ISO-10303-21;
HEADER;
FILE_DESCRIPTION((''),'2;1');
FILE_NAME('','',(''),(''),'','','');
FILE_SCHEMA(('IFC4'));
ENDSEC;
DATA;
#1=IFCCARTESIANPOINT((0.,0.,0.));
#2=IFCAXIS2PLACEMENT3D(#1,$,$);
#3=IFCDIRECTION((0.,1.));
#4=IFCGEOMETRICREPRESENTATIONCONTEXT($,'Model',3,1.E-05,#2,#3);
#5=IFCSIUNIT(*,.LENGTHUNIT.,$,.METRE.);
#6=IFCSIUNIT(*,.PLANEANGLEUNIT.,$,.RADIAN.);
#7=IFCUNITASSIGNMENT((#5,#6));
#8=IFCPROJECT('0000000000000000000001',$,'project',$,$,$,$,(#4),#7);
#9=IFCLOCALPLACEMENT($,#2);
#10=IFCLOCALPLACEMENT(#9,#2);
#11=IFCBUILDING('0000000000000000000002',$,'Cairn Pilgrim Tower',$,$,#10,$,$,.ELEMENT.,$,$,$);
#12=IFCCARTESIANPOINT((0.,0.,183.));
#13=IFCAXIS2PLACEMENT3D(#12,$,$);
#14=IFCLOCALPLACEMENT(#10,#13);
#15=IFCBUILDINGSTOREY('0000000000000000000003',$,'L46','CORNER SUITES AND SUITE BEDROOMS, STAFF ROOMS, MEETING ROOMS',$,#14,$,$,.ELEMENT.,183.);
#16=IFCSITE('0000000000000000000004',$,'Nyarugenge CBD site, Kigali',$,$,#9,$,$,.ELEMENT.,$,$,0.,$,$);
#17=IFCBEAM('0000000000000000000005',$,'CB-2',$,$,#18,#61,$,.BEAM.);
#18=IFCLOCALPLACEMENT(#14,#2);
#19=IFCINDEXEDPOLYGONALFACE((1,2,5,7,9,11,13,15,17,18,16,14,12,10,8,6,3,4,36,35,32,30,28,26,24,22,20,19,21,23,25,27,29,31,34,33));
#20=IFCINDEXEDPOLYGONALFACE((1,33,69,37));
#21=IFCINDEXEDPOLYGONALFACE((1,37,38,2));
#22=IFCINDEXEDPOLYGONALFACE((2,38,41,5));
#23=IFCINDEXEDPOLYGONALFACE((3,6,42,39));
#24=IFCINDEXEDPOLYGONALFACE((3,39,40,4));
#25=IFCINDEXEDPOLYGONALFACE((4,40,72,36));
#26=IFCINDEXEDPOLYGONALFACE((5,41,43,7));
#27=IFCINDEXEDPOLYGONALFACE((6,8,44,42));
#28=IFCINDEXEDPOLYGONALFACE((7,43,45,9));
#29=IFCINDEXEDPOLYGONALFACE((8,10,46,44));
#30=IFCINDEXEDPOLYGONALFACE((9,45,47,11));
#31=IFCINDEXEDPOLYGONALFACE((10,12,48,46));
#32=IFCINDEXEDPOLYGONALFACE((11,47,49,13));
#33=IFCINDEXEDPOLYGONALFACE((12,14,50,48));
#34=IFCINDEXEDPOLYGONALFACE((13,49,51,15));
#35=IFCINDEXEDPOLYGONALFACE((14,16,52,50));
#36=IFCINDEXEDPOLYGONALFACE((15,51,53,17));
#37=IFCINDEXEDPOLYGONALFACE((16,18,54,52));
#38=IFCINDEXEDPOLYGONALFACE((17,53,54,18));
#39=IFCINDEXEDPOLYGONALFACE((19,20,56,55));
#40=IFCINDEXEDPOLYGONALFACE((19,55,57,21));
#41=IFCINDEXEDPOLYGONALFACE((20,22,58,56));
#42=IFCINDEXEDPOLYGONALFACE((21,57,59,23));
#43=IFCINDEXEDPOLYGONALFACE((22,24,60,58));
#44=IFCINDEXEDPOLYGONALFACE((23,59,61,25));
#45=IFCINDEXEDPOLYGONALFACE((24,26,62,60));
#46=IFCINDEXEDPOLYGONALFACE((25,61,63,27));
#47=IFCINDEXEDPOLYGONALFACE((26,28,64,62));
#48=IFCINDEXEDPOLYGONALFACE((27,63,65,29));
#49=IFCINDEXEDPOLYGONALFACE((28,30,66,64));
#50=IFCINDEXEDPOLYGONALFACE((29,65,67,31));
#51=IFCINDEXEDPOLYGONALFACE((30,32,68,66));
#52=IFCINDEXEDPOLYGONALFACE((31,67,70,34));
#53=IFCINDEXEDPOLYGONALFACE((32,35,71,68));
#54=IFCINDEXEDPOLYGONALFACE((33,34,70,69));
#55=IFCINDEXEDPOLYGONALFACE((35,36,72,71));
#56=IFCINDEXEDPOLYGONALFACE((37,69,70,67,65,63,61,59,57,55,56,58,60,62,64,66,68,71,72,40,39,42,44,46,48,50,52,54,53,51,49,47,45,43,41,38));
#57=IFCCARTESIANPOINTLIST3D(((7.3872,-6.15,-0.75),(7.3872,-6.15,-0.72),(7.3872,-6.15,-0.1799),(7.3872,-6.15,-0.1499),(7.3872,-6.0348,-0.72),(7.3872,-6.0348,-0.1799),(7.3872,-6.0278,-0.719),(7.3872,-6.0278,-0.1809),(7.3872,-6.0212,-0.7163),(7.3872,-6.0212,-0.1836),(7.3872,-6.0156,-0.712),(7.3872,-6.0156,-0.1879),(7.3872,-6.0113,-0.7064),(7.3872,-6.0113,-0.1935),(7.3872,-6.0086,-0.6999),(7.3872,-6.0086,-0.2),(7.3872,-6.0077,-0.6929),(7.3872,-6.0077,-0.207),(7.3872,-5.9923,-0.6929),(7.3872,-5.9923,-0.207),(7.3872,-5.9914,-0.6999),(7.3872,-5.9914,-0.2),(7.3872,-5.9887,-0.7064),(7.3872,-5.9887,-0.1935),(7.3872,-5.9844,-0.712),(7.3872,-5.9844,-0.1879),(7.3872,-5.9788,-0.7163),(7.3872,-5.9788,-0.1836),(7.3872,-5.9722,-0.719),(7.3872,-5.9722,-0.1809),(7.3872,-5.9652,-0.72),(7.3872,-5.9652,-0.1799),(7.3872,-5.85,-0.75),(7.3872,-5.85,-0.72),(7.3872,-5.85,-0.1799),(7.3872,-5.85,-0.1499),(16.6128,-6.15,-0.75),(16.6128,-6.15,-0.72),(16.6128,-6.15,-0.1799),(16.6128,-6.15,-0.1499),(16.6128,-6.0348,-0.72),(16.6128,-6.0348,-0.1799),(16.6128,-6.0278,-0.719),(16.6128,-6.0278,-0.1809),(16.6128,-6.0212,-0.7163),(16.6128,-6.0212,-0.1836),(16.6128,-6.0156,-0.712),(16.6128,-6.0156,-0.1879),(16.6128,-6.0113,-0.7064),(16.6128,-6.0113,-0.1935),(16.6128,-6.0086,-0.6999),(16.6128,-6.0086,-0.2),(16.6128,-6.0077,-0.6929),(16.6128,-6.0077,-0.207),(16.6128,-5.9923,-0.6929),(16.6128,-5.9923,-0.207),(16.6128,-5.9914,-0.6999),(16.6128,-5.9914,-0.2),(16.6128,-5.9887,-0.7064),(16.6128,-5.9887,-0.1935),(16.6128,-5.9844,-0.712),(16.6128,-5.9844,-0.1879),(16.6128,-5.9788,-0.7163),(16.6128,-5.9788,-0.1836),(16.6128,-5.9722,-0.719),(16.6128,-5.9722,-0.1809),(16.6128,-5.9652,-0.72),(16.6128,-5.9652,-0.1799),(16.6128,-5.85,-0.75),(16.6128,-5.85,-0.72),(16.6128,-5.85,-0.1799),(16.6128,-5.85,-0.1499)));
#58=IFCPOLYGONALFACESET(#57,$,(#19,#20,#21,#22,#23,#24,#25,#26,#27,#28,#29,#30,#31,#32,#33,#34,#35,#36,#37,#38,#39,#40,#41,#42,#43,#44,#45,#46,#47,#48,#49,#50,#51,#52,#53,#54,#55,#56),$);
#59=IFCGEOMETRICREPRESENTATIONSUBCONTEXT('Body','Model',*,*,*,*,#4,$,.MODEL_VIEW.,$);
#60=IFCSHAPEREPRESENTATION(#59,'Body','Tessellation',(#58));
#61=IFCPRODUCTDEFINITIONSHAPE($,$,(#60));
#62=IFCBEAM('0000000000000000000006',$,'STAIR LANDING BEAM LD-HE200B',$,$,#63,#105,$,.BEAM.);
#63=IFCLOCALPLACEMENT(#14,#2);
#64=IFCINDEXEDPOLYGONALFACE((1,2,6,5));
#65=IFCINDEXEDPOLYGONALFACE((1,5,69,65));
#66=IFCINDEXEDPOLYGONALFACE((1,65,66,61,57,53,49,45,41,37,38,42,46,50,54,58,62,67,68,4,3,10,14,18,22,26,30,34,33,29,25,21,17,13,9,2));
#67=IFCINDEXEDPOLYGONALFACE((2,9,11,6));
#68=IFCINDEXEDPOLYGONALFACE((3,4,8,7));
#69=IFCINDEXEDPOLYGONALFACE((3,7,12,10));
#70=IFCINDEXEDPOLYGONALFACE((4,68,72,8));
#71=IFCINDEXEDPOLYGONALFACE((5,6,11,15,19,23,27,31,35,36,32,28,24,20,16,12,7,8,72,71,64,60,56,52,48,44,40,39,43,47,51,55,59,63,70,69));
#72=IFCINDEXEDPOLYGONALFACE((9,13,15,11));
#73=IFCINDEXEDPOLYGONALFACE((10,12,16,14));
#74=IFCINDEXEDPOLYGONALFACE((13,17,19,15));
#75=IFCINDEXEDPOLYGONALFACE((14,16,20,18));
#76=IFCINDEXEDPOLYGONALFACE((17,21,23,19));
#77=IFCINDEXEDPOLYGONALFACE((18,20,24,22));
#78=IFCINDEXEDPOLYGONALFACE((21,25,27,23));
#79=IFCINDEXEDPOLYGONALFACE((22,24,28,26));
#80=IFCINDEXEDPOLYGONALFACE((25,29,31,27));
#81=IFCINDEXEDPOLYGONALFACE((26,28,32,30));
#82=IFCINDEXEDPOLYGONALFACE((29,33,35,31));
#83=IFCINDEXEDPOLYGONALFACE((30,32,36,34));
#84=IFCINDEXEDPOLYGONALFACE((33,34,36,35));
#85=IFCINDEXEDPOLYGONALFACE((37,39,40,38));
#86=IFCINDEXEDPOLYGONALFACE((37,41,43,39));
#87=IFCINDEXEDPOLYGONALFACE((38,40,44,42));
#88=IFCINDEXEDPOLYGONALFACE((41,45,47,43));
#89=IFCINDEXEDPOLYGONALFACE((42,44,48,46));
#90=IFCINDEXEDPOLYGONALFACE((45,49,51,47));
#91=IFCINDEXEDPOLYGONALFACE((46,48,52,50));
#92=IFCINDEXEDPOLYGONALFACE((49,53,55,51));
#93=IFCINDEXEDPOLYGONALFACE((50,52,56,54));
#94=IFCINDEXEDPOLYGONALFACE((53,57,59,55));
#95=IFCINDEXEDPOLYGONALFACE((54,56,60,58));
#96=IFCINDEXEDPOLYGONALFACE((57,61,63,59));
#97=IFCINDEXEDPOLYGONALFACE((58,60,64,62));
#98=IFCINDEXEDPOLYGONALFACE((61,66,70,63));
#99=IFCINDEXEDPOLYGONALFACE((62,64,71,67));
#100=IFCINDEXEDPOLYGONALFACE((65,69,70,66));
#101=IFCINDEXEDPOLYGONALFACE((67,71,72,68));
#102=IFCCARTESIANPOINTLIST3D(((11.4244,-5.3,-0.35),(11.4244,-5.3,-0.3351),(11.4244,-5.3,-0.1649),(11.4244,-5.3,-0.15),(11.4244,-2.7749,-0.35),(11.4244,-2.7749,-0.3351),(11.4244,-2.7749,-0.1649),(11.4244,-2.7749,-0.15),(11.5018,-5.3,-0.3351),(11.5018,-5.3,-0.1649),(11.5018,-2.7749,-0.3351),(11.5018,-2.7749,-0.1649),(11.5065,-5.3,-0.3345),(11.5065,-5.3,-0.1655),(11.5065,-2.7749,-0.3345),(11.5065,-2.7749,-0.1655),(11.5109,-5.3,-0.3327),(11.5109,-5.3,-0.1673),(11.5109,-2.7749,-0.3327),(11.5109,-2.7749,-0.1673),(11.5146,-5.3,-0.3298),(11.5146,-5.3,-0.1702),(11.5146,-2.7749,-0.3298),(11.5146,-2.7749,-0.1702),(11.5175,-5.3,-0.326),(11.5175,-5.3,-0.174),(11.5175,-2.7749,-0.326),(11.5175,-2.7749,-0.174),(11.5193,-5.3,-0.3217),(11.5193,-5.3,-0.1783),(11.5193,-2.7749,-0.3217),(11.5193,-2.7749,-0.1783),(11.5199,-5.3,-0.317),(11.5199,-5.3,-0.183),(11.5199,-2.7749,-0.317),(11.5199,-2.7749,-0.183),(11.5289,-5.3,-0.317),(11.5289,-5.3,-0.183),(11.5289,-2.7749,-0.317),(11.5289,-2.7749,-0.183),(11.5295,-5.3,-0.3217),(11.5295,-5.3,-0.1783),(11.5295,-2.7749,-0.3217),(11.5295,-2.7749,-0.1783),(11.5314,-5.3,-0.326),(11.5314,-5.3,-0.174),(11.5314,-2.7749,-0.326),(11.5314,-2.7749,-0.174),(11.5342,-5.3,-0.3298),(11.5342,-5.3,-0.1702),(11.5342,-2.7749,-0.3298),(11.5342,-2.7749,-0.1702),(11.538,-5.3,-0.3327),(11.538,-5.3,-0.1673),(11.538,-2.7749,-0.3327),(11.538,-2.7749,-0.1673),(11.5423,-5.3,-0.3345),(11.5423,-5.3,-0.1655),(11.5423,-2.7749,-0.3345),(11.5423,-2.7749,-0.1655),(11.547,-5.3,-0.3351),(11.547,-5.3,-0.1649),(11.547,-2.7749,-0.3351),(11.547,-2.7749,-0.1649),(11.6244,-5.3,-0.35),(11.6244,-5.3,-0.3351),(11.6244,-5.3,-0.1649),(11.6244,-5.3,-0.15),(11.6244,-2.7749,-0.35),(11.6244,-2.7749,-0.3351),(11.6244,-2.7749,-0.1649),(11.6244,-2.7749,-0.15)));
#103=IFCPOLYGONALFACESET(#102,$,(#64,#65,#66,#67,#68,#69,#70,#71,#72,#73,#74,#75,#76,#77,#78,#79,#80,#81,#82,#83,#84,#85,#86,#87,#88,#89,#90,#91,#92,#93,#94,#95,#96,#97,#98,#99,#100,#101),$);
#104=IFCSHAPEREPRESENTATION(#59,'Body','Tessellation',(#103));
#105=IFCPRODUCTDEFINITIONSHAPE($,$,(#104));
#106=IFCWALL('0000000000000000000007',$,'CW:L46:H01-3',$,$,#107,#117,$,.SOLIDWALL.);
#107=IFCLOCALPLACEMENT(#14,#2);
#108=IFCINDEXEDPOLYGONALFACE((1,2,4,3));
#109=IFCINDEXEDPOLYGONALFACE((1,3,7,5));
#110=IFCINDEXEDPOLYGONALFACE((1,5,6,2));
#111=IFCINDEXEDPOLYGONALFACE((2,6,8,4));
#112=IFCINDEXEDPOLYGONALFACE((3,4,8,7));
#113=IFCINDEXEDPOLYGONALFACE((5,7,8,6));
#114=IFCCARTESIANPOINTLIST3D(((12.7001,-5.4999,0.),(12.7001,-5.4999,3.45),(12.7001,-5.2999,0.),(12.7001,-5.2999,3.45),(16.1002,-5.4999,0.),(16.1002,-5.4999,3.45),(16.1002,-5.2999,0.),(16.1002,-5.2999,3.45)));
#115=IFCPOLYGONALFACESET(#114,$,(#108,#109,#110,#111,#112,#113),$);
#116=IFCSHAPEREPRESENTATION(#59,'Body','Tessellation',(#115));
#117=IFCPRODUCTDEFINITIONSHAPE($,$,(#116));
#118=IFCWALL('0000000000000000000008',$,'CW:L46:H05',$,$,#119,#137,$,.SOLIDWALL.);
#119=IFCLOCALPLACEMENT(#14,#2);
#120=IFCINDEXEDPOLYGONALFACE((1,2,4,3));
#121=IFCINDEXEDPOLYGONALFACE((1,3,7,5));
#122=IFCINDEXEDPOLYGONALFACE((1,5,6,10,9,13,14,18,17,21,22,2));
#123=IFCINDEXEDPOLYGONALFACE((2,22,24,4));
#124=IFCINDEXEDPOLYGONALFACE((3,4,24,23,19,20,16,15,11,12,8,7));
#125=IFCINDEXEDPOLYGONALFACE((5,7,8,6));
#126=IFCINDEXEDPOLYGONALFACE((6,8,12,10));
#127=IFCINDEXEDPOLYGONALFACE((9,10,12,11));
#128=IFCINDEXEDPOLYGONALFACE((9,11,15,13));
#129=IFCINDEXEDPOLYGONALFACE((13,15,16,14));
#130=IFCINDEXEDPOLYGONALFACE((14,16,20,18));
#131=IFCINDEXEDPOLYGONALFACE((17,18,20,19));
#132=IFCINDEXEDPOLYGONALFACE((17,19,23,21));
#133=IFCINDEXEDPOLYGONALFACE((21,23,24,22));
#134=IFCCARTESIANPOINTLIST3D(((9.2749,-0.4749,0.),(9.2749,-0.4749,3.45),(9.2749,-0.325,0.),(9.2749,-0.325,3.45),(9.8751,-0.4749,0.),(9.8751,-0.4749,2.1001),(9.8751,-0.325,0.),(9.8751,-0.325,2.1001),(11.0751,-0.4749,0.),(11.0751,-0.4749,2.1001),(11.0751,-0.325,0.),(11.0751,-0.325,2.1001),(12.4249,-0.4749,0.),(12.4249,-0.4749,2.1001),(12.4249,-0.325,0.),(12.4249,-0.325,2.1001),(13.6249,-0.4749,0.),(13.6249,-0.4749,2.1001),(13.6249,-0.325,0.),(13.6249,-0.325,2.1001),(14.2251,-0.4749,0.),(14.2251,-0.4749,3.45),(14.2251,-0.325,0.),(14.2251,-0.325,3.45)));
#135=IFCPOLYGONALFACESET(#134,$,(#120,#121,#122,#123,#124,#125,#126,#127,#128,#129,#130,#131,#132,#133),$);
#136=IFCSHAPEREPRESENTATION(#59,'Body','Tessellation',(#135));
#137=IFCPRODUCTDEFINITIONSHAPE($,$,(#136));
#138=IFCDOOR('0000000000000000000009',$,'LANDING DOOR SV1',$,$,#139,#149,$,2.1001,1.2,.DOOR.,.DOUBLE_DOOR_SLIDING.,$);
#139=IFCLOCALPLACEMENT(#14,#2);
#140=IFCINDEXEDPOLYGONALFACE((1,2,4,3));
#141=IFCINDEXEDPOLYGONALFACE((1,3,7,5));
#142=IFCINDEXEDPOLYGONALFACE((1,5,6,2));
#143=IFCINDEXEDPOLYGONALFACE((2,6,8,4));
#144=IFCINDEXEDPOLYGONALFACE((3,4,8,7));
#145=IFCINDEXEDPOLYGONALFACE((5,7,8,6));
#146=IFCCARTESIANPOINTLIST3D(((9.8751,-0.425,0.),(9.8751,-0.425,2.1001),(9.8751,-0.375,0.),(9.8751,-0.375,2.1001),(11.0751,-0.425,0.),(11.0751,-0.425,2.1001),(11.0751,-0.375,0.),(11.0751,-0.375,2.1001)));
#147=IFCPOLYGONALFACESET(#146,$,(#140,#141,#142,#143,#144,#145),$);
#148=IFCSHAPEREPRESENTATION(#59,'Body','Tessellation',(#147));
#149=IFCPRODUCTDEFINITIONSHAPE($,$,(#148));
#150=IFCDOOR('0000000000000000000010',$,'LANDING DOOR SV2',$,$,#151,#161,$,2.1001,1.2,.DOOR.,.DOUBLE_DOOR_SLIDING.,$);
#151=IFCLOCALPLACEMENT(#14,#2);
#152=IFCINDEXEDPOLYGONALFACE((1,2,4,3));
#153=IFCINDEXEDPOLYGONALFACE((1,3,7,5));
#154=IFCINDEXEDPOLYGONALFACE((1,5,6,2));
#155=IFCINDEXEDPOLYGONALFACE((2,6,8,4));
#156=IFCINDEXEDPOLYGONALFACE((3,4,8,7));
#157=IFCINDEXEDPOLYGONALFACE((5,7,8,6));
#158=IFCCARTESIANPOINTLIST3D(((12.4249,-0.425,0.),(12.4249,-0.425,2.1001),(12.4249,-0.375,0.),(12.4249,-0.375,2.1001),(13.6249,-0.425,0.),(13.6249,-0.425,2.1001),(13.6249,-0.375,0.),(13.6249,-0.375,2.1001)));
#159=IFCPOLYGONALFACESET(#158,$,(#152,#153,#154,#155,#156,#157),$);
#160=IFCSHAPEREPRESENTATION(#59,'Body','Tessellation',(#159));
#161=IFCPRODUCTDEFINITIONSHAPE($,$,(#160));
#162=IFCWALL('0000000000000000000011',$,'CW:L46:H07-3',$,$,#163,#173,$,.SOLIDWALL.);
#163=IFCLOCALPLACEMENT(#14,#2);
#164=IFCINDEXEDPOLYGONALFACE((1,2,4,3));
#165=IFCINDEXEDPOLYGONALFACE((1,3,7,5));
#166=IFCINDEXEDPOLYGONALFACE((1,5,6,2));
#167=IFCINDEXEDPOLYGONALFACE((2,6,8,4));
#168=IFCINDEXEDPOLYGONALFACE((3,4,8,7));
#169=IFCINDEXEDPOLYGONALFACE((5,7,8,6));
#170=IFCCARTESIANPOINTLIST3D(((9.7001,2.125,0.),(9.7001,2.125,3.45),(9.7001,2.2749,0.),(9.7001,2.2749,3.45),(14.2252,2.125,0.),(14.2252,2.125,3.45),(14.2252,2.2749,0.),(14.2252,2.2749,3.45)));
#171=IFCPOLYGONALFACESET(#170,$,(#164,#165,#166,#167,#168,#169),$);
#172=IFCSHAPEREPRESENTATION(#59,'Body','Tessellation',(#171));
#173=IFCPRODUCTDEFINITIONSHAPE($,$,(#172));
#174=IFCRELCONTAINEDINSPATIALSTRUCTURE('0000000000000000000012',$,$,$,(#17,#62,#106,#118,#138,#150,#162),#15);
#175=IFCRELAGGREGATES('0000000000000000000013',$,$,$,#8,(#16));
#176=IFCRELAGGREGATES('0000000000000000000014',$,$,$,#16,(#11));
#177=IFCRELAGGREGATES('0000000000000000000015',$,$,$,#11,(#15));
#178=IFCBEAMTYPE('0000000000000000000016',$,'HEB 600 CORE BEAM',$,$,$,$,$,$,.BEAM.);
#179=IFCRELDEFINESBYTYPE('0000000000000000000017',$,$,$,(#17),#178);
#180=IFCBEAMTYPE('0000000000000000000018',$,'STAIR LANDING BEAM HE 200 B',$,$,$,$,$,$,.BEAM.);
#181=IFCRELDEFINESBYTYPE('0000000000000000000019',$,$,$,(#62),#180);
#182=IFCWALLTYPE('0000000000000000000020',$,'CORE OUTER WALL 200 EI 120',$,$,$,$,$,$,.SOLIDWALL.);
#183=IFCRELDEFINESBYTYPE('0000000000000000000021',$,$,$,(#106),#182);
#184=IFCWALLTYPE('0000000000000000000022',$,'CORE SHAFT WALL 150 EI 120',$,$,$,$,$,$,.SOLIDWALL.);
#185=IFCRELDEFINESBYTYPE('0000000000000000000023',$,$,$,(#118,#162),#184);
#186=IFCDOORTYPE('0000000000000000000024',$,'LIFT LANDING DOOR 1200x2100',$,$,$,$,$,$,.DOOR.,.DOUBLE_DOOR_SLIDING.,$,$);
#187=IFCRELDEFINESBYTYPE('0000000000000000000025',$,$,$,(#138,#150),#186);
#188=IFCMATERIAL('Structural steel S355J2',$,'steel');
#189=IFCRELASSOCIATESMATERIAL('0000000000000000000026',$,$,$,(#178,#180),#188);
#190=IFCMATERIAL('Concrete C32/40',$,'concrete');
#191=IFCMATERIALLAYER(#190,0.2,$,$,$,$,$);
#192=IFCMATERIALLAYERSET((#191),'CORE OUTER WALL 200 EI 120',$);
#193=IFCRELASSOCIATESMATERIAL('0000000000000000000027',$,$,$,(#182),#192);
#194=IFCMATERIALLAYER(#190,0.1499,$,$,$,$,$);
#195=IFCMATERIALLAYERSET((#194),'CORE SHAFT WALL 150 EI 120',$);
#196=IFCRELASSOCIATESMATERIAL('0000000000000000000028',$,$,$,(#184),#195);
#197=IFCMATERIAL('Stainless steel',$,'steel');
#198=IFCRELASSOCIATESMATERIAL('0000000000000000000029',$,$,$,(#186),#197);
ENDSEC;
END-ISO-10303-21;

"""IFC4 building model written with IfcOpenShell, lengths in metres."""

from ifc_helpers import new_model, si_unit, direction, frame, frame_2d, origin, origin_2d, place, context, subcontext, project, spatial, rectangle, i_section, extrude, material, layer, layer_set, material_profile, profile_set, type_object, element, fill, save


model = new_model("IFC4")

# Units and contexts
model_context = context("Model", 3, precision=1e-05, world=origin(), true_north=direction((0.0, 1.0)))
body_context = subcontext(model_context, "Body", "Model", "MODEL_VIEW")
ifc_project = project(units=[si_unit("LENGTHUNIT", "METRE"), si_unit("PLANEANGLEUNIT", "RADIAN")], contexts=[model_context])

# Site, building, storey
site_placement = place(None, origin())
site = spatial("IfcSite", under=ifc_project, at=site_placement, Name="Nyarugenge CBD site, Kigali", CompositionType="ELEMENT", RefElevation=0.0)
building_placement = place(site_placement, origin())
building = spatial("IfcBuilding", under=site, at=building_placement, Name="Cairn Pilgrim Tower", CompositionType="ELEMENT")
storey_placement = place(building_placement, frame((0.0, 0.0, 183.0)))
storey = spatial("IfcBuildingStorey", under=building, at=storey_placement, Name="L46", Description="CORNER SUITES AND SUITE BEDROOMS, STAFF ROOMS, MEETING ROOMS", CompositionType="ELEMENT", Elevation=183.0)

# Beams
ifc_material_1 = material(Name="Structural steel S355J2", Category="steel")
ifc_material_profile_1 = material_profile(ifc_material_1, i_section(OverallWidth=0.3, OverallDepth=0.6001, WebThickness=0.0154, FlangeThickness=0.03, FilletRadius=0.0271, at=origin_2d()), Name="HEB 600")
ifc_profile_set_1 = profile_set([ifc_material_profile_1], Name="Structural steel S355J2")
beam_type_1 = type_object("IfcBeamType", Name="HEB 600 CORE BEAM", PredefinedType="BEAM", material=ifc_profile_set_1)
beam_1_placement = place(storey_placement, frame((7.3872, -6.0, -0.45), z_axis=(1.0, 0.0, 0.0), x_axis=(0.0, 1.0, 0.0)))
element("IfcBeam", 1, at=beam_1_placement, inside=storey, type_object=beam_type_1, Name="CB-2", PredefinedType="BEAM", context=body_context, shape_type="SweptSolid", body=[
    extrude(i_section(OverallWidth=0.3, OverallDepth=0.6001, WebThickness=0.0154, FlangeThickness=0.03, FilletRadius=0.0271, at=origin_2d()), origin(), (0.0, 0.0, 1.0), 9.2256),
])
ifc_material_profile_2 = material_profile(ifc_material_1, i_section(OverallWidth=0.2, OverallDepth=0.2, WebThickness=0.009, FlangeThickness=0.0149, FilletRadius=0.0181, at=origin_2d()), Name="HE 200 B")
ifc_profile_set_2 = profile_set([ifc_material_profile_2], Name="Structural steel S355J2")
beam_type_2 = type_object("IfcBeamType", Name="STAIR LANDING BEAM HE 200 B", PredefinedType="BEAM", material=ifc_profile_set_2)
beam_2_placement = place(storey_placement, frame((11.5244, -2.7749, -0.25), z_axis=(0.0, -1.0, 0.0), x_axis=(1.0, 0.0, 0.0)))
element("IfcBeam", 2, at=beam_2_placement, inside=storey, type_object=beam_type_2, Name="STAIR LANDING BEAM LD-HE200B", PredefinedType="BEAM", context=body_context, shape_type="SweptSolid", body=[
    extrude(i_section(OverallWidth=0.2, OverallDepth=0.2, WebThickness=0.009, FlangeThickness=0.0149, FilletRadius=0.0181, at=origin_2d()), origin(), (0.0, 0.0, 1.0), 2.5251),
])

# Wall
ifc_material_2 = material(Name="Concrete C32/40", Category="concrete")
ifc_layer_1 = layer(ifc_material_2, 0.2)
ifc_layer_set_1 = layer_set([ifc_layer_1], Name="CORE OUTER WALL 200 EI 120")
wall_type_1 = type_object("IfcWallType", Name="CORE OUTER WALL 200 EI 120", PredefinedType="SOLIDWALL", material=ifc_layer_set_1)
wall_1_placement = place(storey_placement, frame((12.7, -5.3999, 0.0), z_axis=(0.0, 0.0, 1.0), x_axis=(1.0, 0.0, 0.0)))
element("IfcWall", 3, at=wall_1_placement, inside=storey, type_object=wall_type_1, Name="CW:L46:H01-3", PredefinedType="SOLIDWALL", context=body_context, shape_type="SweptSolid", body=[
    extrude(rectangle(XDim=3.4001, YDim=0.2, at=frame_2d((1.7002, 0.0))), origin(), (0.0, 0.0, 1.0), 3.45),
])

# Wall, openings, doors
ifc_layer_2 = layer(ifc_material_2, 0.1499)
ifc_layer_set_2 = layer_set([ifc_layer_2], Name="CORE SHAFT WALL 150 EI 120")
wall_type_2 = type_object("IfcWallType", Name="CORE SHAFT WALL 150 EI 120", PredefinedType="SOLIDWALL", material=ifc_layer_set_2)
wall_2_placement = place(storey_placement, frame((9.2749, -0.3999, 0.0), z_axis=(0.0, 0.0, 1.0), x_axis=(1.0, 0.0, 0.0)))
wall_2 = element("IfcWall", 4, at=wall_2_placement, inside=storey, type_object=wall_type_2, Name="CW:L46:H05", PredefinedType="SOLIDWALL", context=body_context, shape_type="SweptSolid", body=[
    extrude(rectangle(XDim=4.9502, YDim=0.1499, at=frame_2d((2.4751, 0.0))), origin(), (0.0, 0.0, 1.0), 3.45),
])
opening_1_placement = place(wall_2_placement, frame((0.6001, 0.0, 0.0)))
opening_1 = element("IfcOpeningElement", 5, at=opening_1_placement, cuts=wall_2, PredefinedType="OPENING", context=body_context, shape_type="SweptSolid", body=[
    extrude(rectangle(XDim=1.2, YDim=2.1001, at=frame_2d((0.6001, 1.05))), frame((0.0, 0.085, 0.0), z_axis=(0.0, -1.0, 0.0), x_axis=(1.0, 0.0, 0.0)), (0.0, 0.0, 1.0), 0.1699),
])
opening_2_placement = place(wall_2_placement, frame((3.1499, 0.0, 0.0)))
opening_2 = element("IfcOpeningElement", 6, at=opening_2_placement, cuts=wall_2, PredefinedType="OPENING", context=body_context, shape_type="SweptSolid", body=[
    extrude(rectangle(XDim=1.2, YDim=2.1001, at=frame_2d((0.6001, 1.05))), frame((0.0, 0.085, 0.0), z_axis=(0.0, -1.0, 0.0), x_axis=(1.0, 0.0, 0.0)), (0.0, 0.0, 1.0), 0.1699),
])
ifc_material_3 = material(Name="Stainless steel", Category="steel")
door_type = type_object("IfcDoorType", Name="LIFT LANDING DOOR 1200x2100", OperationType="DOUBLE_DOOR_SLIDING", PredefinedType="DOOR", material=ifc_material_3)
door_1_placement = place(opening_1_placement, origin())
door_1 = element("IfcDoor", 7, at=door_1_placement, inside=storey, type_object=door_type, Name="LANDING DOOR SV1", OperationType="DOUBLE_DOOR_SLIDING", OverallHeight=2.1001, OverallWidth=1.2, PredefinedType="DOOR", context=body_context, shape_type="SweptSolid", body=[
    extrude(rectangle(XDim=1.2, YDim=2.1001, at=frame_2d((0.6001, 1.05))), frame((0.0, 0.0249, 0.0), z_axis=(0.0, -1.0, 0.0), x_axis=(1.0, 0.0, 0.0)), (0.0, 0.0, 1.0), 0.05),
])
fill(opening_1, door_1)
door_2_placement = place(opening_2_placement, origin())
door_2 = element("IfcDoor", 8, at=door_2_placement, inside=storey, type_object=door_type, Name="LANDING DOOR SV2", OperationType="DOUBLE_DOOR_SLIDING", OverallHeight=2.1001, OverallWidth=1.2, PredefinedType="DOOR", context=body_context, shape_type="SweptSolid", body=[
    extrude(rectangle(XDim=1.2, YDim=2.1001, at=frame_2d((0.6001, 1.05))), frame((0.0, 0.0249, 0.0), z_axis=(0.0, -1.0, 0.0), x_axis=(1.0, 0.0, 0.0)), (0.0, 0.0, 1.0), 0.05),
])
fill(opening_2, door_2)

# Wall
wall_3_placement = place(storey_placement, frame((9.7, 2.2, 0.0), z_axis=(0.0, 0.0, 1.0), x_axis=(1.0, 0.0, 0.0)))
element("IfcWall", 9, at=wall_3_placement, inside=storey, type_object=wall_type_2, Name="CW:L46:H07-3", PredefinedType="SOLIDWALL", context=body_context, shape_type="SweptSolid", body=[
    extrude(rectangle(XDim=4.5251, YDim=0.1499, at=frame_2d((2.2627, 0.0))), origin(), (0.0, 0.0, 1.0), 3.45),
])

save(model, "model.ifc")
